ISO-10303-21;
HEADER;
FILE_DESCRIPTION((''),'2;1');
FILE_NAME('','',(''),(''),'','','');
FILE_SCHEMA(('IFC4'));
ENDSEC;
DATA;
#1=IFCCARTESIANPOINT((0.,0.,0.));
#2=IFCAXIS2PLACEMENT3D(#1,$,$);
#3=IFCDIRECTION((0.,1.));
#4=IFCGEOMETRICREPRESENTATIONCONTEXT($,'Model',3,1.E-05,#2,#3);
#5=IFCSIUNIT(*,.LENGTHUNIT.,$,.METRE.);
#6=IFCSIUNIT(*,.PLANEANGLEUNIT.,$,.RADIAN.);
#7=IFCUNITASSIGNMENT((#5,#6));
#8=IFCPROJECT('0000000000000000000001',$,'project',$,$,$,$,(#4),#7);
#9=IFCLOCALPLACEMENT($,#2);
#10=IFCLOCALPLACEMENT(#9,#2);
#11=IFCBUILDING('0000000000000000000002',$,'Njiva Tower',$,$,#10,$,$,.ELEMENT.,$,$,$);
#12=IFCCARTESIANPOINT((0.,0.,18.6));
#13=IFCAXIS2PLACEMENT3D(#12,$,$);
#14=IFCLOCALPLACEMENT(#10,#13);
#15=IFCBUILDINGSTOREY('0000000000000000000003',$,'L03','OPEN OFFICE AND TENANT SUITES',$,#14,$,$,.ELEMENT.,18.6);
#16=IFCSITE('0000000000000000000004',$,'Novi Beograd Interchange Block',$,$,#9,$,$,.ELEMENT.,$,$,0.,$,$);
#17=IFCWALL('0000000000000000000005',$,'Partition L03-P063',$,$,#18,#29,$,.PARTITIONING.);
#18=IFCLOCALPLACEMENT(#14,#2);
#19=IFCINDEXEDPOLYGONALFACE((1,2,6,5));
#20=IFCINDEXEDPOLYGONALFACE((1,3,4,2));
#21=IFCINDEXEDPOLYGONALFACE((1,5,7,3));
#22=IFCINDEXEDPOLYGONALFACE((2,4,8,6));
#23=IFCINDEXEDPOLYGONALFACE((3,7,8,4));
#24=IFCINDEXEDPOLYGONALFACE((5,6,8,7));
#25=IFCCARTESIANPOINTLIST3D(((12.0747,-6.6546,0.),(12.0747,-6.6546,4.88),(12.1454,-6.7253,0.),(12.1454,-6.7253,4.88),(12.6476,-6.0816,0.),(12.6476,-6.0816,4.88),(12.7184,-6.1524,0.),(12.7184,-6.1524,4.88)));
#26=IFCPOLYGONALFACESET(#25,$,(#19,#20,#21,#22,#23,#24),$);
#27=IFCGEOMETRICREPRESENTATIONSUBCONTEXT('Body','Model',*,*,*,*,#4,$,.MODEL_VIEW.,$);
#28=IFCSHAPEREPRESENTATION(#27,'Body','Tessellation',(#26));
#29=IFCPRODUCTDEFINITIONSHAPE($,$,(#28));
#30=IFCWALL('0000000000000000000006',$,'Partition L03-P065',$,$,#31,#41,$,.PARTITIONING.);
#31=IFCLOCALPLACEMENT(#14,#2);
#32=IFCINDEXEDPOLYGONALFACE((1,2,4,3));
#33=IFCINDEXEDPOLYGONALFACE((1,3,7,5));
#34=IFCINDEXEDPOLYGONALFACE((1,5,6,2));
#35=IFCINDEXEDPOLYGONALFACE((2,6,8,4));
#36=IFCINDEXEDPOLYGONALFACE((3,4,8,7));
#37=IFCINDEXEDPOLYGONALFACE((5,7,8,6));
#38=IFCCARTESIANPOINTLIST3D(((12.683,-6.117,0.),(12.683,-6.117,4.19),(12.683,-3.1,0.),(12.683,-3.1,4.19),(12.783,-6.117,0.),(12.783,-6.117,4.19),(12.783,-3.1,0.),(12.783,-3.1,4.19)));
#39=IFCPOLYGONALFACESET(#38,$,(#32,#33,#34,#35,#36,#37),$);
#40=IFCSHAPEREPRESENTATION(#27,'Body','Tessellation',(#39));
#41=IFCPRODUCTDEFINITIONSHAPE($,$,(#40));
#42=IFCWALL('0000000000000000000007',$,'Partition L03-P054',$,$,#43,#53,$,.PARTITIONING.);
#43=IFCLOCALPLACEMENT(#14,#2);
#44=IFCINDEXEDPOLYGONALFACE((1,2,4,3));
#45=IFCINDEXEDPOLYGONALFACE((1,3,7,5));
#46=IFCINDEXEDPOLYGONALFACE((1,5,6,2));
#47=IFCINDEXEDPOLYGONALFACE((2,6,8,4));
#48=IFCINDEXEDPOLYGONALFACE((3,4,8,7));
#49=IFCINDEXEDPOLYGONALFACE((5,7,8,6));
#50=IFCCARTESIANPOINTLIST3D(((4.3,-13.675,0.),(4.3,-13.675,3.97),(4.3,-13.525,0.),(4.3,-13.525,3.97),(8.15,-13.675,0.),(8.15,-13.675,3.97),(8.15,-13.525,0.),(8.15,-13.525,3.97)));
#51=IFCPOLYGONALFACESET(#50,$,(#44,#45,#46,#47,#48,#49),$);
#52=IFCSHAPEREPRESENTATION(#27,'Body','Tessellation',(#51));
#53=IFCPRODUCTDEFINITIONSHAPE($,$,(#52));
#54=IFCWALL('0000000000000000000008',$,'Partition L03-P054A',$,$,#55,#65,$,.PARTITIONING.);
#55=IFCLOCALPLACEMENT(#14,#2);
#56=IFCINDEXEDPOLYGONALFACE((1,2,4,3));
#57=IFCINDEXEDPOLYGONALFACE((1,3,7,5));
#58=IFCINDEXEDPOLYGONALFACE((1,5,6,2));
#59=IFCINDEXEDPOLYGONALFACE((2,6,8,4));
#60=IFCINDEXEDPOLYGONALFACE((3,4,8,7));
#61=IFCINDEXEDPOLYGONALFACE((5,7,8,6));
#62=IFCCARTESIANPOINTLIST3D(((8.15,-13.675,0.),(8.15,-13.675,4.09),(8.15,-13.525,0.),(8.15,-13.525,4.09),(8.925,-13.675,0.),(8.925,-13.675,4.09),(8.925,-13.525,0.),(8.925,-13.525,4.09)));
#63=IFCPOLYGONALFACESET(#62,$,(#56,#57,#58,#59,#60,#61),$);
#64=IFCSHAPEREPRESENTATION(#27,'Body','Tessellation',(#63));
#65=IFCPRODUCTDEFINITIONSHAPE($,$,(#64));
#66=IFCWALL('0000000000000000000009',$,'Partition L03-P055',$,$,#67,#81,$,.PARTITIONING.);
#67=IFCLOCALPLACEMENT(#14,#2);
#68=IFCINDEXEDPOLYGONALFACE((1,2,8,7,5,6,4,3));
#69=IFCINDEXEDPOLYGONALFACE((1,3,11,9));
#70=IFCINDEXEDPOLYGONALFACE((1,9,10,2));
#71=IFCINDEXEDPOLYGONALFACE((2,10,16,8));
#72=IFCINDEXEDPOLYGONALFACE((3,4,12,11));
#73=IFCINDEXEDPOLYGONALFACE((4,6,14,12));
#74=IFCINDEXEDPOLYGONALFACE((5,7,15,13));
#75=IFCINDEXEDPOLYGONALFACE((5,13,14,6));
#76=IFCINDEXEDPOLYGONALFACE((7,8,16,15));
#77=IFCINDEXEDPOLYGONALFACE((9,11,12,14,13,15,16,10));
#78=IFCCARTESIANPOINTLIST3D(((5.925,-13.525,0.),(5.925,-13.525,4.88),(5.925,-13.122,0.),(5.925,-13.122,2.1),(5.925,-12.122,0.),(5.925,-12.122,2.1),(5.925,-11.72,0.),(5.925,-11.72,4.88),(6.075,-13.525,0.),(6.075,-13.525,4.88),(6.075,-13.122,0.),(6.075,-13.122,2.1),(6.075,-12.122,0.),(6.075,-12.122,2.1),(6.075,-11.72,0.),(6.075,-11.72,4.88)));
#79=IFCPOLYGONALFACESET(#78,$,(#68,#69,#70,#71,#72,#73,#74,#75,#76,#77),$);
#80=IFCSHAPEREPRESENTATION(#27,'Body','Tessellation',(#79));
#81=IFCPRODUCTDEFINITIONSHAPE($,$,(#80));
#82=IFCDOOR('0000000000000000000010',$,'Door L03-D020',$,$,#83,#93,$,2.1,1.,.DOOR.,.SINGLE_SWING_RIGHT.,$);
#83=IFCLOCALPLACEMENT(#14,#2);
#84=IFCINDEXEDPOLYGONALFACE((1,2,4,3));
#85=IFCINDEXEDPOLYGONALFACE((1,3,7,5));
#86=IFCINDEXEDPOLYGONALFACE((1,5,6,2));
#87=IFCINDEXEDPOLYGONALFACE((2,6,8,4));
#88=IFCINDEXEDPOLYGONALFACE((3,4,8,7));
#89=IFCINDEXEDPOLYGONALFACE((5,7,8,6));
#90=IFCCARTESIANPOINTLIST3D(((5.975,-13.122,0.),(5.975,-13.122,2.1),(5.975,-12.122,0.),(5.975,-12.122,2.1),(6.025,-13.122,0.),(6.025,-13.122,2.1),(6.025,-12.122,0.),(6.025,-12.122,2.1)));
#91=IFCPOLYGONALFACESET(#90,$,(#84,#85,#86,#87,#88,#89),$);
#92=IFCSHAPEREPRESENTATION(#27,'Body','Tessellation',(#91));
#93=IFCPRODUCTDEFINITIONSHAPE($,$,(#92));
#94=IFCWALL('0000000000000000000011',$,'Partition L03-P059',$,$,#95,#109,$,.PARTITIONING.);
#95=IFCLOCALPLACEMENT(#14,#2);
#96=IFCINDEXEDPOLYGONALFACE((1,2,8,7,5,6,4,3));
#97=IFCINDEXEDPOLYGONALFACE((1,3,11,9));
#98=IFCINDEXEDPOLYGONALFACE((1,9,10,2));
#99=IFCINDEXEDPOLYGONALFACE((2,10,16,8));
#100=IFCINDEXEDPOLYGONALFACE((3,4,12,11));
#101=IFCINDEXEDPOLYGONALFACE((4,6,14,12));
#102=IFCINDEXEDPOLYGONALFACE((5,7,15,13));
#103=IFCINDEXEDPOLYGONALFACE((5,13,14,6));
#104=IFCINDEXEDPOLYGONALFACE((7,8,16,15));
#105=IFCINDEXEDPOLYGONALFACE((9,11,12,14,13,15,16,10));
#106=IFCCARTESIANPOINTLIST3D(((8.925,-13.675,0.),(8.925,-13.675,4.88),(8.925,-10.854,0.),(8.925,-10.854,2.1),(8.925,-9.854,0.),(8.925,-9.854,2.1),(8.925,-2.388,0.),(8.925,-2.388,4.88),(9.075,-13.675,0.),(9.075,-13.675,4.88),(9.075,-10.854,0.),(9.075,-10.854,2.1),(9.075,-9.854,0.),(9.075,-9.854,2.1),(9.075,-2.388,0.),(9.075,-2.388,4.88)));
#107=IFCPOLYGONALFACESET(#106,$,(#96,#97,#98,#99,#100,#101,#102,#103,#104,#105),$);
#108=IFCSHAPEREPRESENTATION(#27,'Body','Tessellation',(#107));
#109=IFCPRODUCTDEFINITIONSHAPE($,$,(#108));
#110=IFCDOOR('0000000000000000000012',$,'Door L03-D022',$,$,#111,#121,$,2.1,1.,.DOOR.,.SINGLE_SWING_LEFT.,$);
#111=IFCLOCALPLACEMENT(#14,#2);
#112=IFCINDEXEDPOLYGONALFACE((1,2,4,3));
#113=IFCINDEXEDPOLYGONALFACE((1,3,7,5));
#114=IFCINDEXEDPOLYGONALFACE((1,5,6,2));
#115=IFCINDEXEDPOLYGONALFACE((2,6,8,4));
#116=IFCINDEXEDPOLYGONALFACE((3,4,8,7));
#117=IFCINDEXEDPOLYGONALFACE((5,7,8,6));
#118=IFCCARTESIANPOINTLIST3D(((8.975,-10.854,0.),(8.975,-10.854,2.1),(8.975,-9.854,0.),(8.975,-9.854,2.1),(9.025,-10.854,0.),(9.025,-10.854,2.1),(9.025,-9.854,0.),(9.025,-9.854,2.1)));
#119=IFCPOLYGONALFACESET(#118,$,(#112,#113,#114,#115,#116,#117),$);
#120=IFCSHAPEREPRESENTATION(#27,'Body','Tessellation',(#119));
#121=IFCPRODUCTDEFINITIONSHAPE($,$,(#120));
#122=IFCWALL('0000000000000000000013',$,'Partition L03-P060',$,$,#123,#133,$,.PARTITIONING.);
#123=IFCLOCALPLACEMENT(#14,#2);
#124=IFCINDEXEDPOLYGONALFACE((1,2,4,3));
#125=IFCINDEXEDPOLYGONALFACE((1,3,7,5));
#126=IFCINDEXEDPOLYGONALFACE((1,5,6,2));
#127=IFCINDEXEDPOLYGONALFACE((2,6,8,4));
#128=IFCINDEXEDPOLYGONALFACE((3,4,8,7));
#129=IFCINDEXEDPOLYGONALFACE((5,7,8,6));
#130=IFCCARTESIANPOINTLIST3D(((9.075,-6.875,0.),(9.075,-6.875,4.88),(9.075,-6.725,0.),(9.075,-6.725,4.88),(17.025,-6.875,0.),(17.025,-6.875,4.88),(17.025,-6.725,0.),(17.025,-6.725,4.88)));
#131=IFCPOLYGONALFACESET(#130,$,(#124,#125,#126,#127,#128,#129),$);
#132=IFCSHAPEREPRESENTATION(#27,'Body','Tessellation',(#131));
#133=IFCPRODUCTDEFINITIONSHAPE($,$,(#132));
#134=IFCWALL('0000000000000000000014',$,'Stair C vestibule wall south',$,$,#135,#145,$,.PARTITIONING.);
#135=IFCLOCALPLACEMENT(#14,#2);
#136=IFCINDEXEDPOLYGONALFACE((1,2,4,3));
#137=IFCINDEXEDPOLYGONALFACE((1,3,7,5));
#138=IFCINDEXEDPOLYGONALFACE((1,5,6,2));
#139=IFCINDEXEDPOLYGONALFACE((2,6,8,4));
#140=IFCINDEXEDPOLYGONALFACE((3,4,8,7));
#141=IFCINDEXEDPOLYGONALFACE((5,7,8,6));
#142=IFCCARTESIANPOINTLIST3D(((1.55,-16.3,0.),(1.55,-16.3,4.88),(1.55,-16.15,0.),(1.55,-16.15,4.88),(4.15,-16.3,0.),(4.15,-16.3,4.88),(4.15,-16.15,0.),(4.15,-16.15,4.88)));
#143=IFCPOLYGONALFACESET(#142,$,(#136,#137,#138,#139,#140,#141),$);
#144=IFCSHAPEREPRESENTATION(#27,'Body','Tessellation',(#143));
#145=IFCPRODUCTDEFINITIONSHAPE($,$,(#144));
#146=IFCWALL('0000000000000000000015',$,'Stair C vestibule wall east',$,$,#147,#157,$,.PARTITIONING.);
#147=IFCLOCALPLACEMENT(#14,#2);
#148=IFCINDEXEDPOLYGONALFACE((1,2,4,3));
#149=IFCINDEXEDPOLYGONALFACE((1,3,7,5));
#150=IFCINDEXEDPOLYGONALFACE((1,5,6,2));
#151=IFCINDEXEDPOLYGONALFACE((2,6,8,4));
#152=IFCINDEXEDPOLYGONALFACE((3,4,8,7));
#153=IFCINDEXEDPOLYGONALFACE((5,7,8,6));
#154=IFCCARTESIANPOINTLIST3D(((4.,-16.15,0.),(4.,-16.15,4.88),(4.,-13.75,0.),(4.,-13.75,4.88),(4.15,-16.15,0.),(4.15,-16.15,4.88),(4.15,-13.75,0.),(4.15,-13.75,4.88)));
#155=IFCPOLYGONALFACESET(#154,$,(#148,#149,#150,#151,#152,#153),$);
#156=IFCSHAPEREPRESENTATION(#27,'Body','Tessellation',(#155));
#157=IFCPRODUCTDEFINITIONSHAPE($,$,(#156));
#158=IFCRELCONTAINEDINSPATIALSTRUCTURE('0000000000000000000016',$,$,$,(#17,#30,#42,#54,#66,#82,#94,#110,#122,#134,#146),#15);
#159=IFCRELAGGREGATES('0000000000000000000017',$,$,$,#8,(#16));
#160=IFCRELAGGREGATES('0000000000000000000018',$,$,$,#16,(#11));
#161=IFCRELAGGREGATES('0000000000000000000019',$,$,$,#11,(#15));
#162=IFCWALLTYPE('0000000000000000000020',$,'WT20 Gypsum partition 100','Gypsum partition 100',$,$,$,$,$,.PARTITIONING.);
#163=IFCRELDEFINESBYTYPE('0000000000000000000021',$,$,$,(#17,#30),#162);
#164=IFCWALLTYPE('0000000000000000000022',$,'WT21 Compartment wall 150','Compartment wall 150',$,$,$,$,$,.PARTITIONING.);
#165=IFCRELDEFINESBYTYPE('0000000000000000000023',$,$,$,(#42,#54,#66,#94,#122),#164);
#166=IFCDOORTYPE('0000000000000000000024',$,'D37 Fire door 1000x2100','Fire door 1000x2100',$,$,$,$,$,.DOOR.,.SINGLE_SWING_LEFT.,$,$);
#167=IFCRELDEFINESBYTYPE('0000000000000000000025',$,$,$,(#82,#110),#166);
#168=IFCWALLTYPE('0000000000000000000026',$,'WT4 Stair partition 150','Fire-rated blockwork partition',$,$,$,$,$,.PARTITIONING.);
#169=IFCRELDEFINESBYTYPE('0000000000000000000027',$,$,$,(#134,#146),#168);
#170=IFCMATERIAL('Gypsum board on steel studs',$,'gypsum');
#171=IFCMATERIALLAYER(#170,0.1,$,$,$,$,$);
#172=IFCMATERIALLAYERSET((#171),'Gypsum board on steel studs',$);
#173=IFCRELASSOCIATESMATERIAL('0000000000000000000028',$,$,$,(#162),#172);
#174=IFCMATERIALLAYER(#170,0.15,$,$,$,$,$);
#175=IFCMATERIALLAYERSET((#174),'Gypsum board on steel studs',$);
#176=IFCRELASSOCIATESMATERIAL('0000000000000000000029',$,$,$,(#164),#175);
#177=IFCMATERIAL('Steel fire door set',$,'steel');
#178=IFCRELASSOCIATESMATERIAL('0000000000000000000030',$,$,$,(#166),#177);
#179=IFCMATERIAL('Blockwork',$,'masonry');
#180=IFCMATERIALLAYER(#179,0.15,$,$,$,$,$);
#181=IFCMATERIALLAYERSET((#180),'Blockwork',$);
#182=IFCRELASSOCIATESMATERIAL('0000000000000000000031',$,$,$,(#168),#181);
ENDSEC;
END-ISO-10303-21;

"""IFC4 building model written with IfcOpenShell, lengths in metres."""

from ifc_helpers import new_model, si_unit, direction, frame, frame_2d, origin, place, context, subcontext, project, spatial, rectangle, extrude, material, layer, layer_set, type_object, element, fill, save


model = new_model("IFC4")

# Units and contexts
model_context = context("Model", 3, precision=1e-05, world=origin(), true_north=direction((0.0, 1.0)))
body_context = subcontext(model_context, "Body", "Model", "MODEL_VIEW")
ifc_project = project(units=[si_unit("LENGTHUNIT", "METRE"), si_unit("PLANEANGLEUNIT", "RADIAN")], contexts=[model_context])

# Site, building, storey
site_placement = place(None, origin())
site = spatial("IfcSite", under=ifc_project, at=site_placement, Name="Novi Beograd Interchange Block", CompositionType="ELEMENT", RefElevation=0.0)
building_placement = place(site_placement, origin())
building = spatial("IfcBuilding", under=site, at=building_placement, Name="Njiva Tower", CompositionType="ELEMENT")
storey_placement = place(building_placement, frame((0.0, 0.0, 18.6)))
storey = spatial("IfcBuildingStorey", under=building, at=storey_placement, Name="L03", Description="OPEN OFFICE AND TENANT SUITES", CompositionType="ELEMENT", Elevation=18.6)

# Walls
ifc_material_1 = material(Name="Gypsum board on steel studs", Category="gypsum")
ifc_layer_1 = layer(ifc_material_1, 0.1)
ifc_layer_set_1 = layer_set([ifc_layer_1], Name="Gypsum board on steel studs")
wall_type_1 = type_object("IfcWallType", Name="WT20 Gypsum partition 100", Description="Gypsum partition 100", PredefinedType="PARTITIONING", material=ifc_layer_set_1)
wall_1_placement = place(storey_placement, frame((12.11, -6.69, 0.0), z_axis=(0.0, 0.0, 1.0), x_axis=(0.707107, 0.707107, 0.0)))
element("IfcWall", 1, at=wall_1_placement, inside=storey, type_object=wall_type_1, Name="Partition L03-P063", PredefinedType="PARTITIONING", context=body_context, shape_type="SweptSolid", body=[
    extrude(rectangle(XDim=0.8103, YDim=0.1, at=frame_2d((0.4052, 0.0))), origin(), (0.0, 0.0, 1.0), 4.88),
])
wall_2_placement = place(storey_placement, frame((12.733, -6.117, 0.0), z_axis=(0.0, 0.0, 1.0), x_axis=(0.0, 1.0, 0.0)))
element("IfcWall", 2, at=wall_2_placement, inside=storey, type_object=wall_type_1, Name="Partition L03-P065", PredefinedType="PARTITIONING", context=body_context, shape_type="SweptSolid", body=[
    extrude(rectangle(XDim=3.017, YDim=0.1, at=frame_2d((1.5085, 0.0))), origin(), (0.0, 0.0, 1.0), 4.19),
])
ifc_layer_2 = layer(ifc_material_1, 0.15)
ifc_layer_set_2 = layer_set([ifc_layer_2], Name="Gypsum board on steel studs")
wall_type_2 = type_object("IfcWallType", Name="WT21 Compartment wall 150", Description="Compartment wall 150", PredefinedType="PARTITIONING", material=ifc_layer_set_2)
wall_3_placement = place(storey_placement, frame((4.3, -13.6, 0.0), z_axis=(0.0, 0.0, 1.0), x_axis=(1.0, 0.0, 0.0)))
element("IfcWall", 3, at=wall_3_placement, inside=storey, type_object=wall_type_2, Name="Partition L03-P054", PredefinedType="PARTITIONING", context=body_context, shape_type="SweptSolid", body=[
    extrude(rectangle(XDim=3.85, YDim=0.15, at=frame_2d((1.925, 0.0))), origin(), (0.0, 0.0, 1.0), 3.97),
])
wall_4_placement = place(storey_placement, frame((8.15, -13.6, 0.0), z_axis=(0.0, 0.0, 1.0), x_axis=(1.0, 0.0, 0.0)))
element("IfcWall", 4, at=wall_4_placement, inside=storey, type_object=wall_type_2, Name="Partition L03-P054A", PredefinedType="PARTITIONING", context=body_context, shape_type="SweptSolid", body=[
    extrude(rectangle(XDim=0.775, YDim=0.15, at=frame_2d((0.3875, 0.0))), origin(), (0.0, 0.0, 1.0), 4.09),
])

# Walls, openings, doors
wall_5_placement = place(storey_placement, frame((6.0, -13.525, 0.0), z_axis=(0.0, 0.0, 1.0), x_axis=(0.0, 1.0, 0.0)))
wall_5 = element("IfcWall", 5, at=wall_5_placement, inside=storey, type_object=wall_type_2, Name="Partition L03-P055", PredefinedType="PARTITIONING", context=body_context, shape_type="SweptSolid", body=[
    extrude(rectangle(XDim=1.805, YDim=0.15, at=frame_2d((0.9025, 0.0))), origin(), (0.0, 0.0, 1.0), 4.88),
])
opening_1_placement = place(wall_5_placement, frame((0.403, 0.0, 0.0)))
opening_1 = element("IfcOpeningElement", 6, at=opening_1_placement, cuts=wall_5, PredefinedType="OPENING", context=body_context, shape_type="SweptSolid", body=[
    extrude(rectangle(XDim=1.0, YDim=2.1, at=frame_2d((0.5, 1.05))), frame((0.0, 0.085, 0.0), z_axis=(0.0, -1.0, 0.0), x_axis=(1.0, 0.0, 0.0)), (0.0, 0.0, 1.0), 0.17),
])
ifc_material_2 = material(Name="Steel fire door set", Category="steel")
door_type_1 = type_object("IfcDoorType", Name="D37 Fire door 1000x2100", Description="Fire door 1000x2100", OperationType="SINGLE_SWING_LEFT", PredefinedType="DOOR", material=ifc_material_2)
door_1_placement = place(opening_1_placement, origin())
door_1 = element("IfcDoor", 7, at=door_1_placement, inside=storey, type_object=door_type_1, Name="Door L03-D020", OperationType="SINGLE_SWING_RIGHT", OverallHeight=2.1, OverallWidth=1.0, PredefinedType="DOOR", context=body_context, shape_type="SweptSolid", body=[
    extrude(rectangle(XDim=1.0, YDim=2.1, at=frame_2d((0.5, 1.05))), frame((0.0, 0.025, 0.0), z_axis=(0.0, -1.0, 0.0), x_axis=(1.0, 0.0, 0.0)), (0.0, 0.0, 1.0), 0.05),
])
fill(opening_1, door_1)
wall_6_placement = place(storey_placement, frame((9.0, -13.675, 0.0), z_axis=(0.0, 0.0, 1.0), x_axis=(0.0, 1.0, 0.0)))
wall_6 = element("IfcWall", 8, at=wall_6_placement, inside=storey, type_object=wall_type_2, Name="Partition L03-P059", PredefinedType="PARTITIONING", context=body_context, shape_type="SweptSolid", body=[
    extrude(rectangle(XDim=11.287, YDim=0.15, at=frame_2d((5.6435, 0.0))), origin(), (0.0, 0.0, 1.0), 4.88),
])
opening_2_placement = place(wall_6_placement, frame((2.821, 0.0, 0.0)))
opening_2 = element("IfcOpeningElement", 9, at=opening_2_placement, cuts=wall_6, PredefinedType="OPENING", context=body_context, shape_type="SweptSolid", body=[
    extrude(rectangle(XDim=1.0, YDim=2.1, at=frame_2d((0.5, 1.05))), frame((0.0, 0.085, 0.0), z_axis=(0.0, -1.0, 0.0), x_axis=(1.0, 0.0, 0.0)), (0.0, 0.0, 1.0), 0.17),
])
door_2_placement = place(opening_2_placement, origin())
door_2 = element("IfcDoor", 10, at=door_2_placement, inside=storey, type_object=door_type_1, Name="Door L03-D022", OperationType="SINGLE_SWING_LEFT", OverallHeight=2.1, OverallWidth=1.0, PredefinedType="DOOR", context=body_context, shape_type="SweptSolid", body=[
    extrude(rectangle(XDim=1.0, YDim=2.1, at=frame_2d((0.5, 1.05))), frame((0.0, 0.025, 0.0), z_axis=(0.0, -1.0, 0.0), x_axis=(1.0, 0.0, 0.0)), (0.0, 0.0, 1.0), 0.05),
])
fill(opening_2, door_2)

# Walls
wall_7_placement = place(storey_placement, frame((9.075, -6.8, 0.0), z_axis=(0.0, 0.0, 1.0), x_axis=(1.0, 0.0, 0.0)))
element("IfcWall", 11, at=wall_7_placement, inside=storey, type_object=wall_type_2, Name="Partition L03-P060", PredefinedType="PARTITIONING", context=body_context, shape_type="SweptSolid", body=[
    extrude(rectangle(XDim=7.95, YDim=0.15, at=frame_2d((3.975, 0.0))), origin(), (0.0, 0.0, 1.0), 4.88),
])
ifc_material_3 = material(Name="Blockwork", Category="masonry")
ifc_layer_3 = layer(ifc_material_3, 0.15)
ifc_layer_set_3 = layer_set([ifc_layer_3], Name="Blockwork")
wall_type_3 = type_object("IfcWallType", Name="WT4 Stair partition 150", Description="Fire-rated blockwork partition", PredefinedType="PARTITIONING", material=ifc_layer_set_3)
wall_8_placement = place(storey_placement, frame((1.55, -16.225, 0.0), z_axis=(0.0, 0.0, 1.0), x_axis=(1.0, 0.0, 0.0)))
element("IfcWall", 12, at=wall_8_placement, inside=storey, type_object=wall_type_3, Name="Stair C vestibule wall south", PredefinedType="PARTITIONING", context=body_context, shape_type="SweptSolid", body=[
    extrude(rectangle(XDim=2.6, YDim=0.15, at=frame_2d((1.3, 0.0))), origin(), (0.0, 0.0, 1.0), 4.88),
])
wall_9_placement = place(storey_placement, frame((4.075, -16.15, 0.0), z_axis=(0.0, 0.0, 1.0), x_axis=(0.0, 1.0, 0.0)))
element("IfcWall", 13, at=wall_9_placement, inside=storey, type_object=wall_type_3, Name="Stair C vestibule wall east", PredefinedType="PARTITIONING", context=body_context, shape_type="SweptSolid", body=[
    extrude(rectangle(XDim=2.4, YDim=0.15, at=frame_2d((1.2, 0.0))), origin(), (0.0, 0.0, 1.0), 4.88),
])

save(model, "model.ifc")
